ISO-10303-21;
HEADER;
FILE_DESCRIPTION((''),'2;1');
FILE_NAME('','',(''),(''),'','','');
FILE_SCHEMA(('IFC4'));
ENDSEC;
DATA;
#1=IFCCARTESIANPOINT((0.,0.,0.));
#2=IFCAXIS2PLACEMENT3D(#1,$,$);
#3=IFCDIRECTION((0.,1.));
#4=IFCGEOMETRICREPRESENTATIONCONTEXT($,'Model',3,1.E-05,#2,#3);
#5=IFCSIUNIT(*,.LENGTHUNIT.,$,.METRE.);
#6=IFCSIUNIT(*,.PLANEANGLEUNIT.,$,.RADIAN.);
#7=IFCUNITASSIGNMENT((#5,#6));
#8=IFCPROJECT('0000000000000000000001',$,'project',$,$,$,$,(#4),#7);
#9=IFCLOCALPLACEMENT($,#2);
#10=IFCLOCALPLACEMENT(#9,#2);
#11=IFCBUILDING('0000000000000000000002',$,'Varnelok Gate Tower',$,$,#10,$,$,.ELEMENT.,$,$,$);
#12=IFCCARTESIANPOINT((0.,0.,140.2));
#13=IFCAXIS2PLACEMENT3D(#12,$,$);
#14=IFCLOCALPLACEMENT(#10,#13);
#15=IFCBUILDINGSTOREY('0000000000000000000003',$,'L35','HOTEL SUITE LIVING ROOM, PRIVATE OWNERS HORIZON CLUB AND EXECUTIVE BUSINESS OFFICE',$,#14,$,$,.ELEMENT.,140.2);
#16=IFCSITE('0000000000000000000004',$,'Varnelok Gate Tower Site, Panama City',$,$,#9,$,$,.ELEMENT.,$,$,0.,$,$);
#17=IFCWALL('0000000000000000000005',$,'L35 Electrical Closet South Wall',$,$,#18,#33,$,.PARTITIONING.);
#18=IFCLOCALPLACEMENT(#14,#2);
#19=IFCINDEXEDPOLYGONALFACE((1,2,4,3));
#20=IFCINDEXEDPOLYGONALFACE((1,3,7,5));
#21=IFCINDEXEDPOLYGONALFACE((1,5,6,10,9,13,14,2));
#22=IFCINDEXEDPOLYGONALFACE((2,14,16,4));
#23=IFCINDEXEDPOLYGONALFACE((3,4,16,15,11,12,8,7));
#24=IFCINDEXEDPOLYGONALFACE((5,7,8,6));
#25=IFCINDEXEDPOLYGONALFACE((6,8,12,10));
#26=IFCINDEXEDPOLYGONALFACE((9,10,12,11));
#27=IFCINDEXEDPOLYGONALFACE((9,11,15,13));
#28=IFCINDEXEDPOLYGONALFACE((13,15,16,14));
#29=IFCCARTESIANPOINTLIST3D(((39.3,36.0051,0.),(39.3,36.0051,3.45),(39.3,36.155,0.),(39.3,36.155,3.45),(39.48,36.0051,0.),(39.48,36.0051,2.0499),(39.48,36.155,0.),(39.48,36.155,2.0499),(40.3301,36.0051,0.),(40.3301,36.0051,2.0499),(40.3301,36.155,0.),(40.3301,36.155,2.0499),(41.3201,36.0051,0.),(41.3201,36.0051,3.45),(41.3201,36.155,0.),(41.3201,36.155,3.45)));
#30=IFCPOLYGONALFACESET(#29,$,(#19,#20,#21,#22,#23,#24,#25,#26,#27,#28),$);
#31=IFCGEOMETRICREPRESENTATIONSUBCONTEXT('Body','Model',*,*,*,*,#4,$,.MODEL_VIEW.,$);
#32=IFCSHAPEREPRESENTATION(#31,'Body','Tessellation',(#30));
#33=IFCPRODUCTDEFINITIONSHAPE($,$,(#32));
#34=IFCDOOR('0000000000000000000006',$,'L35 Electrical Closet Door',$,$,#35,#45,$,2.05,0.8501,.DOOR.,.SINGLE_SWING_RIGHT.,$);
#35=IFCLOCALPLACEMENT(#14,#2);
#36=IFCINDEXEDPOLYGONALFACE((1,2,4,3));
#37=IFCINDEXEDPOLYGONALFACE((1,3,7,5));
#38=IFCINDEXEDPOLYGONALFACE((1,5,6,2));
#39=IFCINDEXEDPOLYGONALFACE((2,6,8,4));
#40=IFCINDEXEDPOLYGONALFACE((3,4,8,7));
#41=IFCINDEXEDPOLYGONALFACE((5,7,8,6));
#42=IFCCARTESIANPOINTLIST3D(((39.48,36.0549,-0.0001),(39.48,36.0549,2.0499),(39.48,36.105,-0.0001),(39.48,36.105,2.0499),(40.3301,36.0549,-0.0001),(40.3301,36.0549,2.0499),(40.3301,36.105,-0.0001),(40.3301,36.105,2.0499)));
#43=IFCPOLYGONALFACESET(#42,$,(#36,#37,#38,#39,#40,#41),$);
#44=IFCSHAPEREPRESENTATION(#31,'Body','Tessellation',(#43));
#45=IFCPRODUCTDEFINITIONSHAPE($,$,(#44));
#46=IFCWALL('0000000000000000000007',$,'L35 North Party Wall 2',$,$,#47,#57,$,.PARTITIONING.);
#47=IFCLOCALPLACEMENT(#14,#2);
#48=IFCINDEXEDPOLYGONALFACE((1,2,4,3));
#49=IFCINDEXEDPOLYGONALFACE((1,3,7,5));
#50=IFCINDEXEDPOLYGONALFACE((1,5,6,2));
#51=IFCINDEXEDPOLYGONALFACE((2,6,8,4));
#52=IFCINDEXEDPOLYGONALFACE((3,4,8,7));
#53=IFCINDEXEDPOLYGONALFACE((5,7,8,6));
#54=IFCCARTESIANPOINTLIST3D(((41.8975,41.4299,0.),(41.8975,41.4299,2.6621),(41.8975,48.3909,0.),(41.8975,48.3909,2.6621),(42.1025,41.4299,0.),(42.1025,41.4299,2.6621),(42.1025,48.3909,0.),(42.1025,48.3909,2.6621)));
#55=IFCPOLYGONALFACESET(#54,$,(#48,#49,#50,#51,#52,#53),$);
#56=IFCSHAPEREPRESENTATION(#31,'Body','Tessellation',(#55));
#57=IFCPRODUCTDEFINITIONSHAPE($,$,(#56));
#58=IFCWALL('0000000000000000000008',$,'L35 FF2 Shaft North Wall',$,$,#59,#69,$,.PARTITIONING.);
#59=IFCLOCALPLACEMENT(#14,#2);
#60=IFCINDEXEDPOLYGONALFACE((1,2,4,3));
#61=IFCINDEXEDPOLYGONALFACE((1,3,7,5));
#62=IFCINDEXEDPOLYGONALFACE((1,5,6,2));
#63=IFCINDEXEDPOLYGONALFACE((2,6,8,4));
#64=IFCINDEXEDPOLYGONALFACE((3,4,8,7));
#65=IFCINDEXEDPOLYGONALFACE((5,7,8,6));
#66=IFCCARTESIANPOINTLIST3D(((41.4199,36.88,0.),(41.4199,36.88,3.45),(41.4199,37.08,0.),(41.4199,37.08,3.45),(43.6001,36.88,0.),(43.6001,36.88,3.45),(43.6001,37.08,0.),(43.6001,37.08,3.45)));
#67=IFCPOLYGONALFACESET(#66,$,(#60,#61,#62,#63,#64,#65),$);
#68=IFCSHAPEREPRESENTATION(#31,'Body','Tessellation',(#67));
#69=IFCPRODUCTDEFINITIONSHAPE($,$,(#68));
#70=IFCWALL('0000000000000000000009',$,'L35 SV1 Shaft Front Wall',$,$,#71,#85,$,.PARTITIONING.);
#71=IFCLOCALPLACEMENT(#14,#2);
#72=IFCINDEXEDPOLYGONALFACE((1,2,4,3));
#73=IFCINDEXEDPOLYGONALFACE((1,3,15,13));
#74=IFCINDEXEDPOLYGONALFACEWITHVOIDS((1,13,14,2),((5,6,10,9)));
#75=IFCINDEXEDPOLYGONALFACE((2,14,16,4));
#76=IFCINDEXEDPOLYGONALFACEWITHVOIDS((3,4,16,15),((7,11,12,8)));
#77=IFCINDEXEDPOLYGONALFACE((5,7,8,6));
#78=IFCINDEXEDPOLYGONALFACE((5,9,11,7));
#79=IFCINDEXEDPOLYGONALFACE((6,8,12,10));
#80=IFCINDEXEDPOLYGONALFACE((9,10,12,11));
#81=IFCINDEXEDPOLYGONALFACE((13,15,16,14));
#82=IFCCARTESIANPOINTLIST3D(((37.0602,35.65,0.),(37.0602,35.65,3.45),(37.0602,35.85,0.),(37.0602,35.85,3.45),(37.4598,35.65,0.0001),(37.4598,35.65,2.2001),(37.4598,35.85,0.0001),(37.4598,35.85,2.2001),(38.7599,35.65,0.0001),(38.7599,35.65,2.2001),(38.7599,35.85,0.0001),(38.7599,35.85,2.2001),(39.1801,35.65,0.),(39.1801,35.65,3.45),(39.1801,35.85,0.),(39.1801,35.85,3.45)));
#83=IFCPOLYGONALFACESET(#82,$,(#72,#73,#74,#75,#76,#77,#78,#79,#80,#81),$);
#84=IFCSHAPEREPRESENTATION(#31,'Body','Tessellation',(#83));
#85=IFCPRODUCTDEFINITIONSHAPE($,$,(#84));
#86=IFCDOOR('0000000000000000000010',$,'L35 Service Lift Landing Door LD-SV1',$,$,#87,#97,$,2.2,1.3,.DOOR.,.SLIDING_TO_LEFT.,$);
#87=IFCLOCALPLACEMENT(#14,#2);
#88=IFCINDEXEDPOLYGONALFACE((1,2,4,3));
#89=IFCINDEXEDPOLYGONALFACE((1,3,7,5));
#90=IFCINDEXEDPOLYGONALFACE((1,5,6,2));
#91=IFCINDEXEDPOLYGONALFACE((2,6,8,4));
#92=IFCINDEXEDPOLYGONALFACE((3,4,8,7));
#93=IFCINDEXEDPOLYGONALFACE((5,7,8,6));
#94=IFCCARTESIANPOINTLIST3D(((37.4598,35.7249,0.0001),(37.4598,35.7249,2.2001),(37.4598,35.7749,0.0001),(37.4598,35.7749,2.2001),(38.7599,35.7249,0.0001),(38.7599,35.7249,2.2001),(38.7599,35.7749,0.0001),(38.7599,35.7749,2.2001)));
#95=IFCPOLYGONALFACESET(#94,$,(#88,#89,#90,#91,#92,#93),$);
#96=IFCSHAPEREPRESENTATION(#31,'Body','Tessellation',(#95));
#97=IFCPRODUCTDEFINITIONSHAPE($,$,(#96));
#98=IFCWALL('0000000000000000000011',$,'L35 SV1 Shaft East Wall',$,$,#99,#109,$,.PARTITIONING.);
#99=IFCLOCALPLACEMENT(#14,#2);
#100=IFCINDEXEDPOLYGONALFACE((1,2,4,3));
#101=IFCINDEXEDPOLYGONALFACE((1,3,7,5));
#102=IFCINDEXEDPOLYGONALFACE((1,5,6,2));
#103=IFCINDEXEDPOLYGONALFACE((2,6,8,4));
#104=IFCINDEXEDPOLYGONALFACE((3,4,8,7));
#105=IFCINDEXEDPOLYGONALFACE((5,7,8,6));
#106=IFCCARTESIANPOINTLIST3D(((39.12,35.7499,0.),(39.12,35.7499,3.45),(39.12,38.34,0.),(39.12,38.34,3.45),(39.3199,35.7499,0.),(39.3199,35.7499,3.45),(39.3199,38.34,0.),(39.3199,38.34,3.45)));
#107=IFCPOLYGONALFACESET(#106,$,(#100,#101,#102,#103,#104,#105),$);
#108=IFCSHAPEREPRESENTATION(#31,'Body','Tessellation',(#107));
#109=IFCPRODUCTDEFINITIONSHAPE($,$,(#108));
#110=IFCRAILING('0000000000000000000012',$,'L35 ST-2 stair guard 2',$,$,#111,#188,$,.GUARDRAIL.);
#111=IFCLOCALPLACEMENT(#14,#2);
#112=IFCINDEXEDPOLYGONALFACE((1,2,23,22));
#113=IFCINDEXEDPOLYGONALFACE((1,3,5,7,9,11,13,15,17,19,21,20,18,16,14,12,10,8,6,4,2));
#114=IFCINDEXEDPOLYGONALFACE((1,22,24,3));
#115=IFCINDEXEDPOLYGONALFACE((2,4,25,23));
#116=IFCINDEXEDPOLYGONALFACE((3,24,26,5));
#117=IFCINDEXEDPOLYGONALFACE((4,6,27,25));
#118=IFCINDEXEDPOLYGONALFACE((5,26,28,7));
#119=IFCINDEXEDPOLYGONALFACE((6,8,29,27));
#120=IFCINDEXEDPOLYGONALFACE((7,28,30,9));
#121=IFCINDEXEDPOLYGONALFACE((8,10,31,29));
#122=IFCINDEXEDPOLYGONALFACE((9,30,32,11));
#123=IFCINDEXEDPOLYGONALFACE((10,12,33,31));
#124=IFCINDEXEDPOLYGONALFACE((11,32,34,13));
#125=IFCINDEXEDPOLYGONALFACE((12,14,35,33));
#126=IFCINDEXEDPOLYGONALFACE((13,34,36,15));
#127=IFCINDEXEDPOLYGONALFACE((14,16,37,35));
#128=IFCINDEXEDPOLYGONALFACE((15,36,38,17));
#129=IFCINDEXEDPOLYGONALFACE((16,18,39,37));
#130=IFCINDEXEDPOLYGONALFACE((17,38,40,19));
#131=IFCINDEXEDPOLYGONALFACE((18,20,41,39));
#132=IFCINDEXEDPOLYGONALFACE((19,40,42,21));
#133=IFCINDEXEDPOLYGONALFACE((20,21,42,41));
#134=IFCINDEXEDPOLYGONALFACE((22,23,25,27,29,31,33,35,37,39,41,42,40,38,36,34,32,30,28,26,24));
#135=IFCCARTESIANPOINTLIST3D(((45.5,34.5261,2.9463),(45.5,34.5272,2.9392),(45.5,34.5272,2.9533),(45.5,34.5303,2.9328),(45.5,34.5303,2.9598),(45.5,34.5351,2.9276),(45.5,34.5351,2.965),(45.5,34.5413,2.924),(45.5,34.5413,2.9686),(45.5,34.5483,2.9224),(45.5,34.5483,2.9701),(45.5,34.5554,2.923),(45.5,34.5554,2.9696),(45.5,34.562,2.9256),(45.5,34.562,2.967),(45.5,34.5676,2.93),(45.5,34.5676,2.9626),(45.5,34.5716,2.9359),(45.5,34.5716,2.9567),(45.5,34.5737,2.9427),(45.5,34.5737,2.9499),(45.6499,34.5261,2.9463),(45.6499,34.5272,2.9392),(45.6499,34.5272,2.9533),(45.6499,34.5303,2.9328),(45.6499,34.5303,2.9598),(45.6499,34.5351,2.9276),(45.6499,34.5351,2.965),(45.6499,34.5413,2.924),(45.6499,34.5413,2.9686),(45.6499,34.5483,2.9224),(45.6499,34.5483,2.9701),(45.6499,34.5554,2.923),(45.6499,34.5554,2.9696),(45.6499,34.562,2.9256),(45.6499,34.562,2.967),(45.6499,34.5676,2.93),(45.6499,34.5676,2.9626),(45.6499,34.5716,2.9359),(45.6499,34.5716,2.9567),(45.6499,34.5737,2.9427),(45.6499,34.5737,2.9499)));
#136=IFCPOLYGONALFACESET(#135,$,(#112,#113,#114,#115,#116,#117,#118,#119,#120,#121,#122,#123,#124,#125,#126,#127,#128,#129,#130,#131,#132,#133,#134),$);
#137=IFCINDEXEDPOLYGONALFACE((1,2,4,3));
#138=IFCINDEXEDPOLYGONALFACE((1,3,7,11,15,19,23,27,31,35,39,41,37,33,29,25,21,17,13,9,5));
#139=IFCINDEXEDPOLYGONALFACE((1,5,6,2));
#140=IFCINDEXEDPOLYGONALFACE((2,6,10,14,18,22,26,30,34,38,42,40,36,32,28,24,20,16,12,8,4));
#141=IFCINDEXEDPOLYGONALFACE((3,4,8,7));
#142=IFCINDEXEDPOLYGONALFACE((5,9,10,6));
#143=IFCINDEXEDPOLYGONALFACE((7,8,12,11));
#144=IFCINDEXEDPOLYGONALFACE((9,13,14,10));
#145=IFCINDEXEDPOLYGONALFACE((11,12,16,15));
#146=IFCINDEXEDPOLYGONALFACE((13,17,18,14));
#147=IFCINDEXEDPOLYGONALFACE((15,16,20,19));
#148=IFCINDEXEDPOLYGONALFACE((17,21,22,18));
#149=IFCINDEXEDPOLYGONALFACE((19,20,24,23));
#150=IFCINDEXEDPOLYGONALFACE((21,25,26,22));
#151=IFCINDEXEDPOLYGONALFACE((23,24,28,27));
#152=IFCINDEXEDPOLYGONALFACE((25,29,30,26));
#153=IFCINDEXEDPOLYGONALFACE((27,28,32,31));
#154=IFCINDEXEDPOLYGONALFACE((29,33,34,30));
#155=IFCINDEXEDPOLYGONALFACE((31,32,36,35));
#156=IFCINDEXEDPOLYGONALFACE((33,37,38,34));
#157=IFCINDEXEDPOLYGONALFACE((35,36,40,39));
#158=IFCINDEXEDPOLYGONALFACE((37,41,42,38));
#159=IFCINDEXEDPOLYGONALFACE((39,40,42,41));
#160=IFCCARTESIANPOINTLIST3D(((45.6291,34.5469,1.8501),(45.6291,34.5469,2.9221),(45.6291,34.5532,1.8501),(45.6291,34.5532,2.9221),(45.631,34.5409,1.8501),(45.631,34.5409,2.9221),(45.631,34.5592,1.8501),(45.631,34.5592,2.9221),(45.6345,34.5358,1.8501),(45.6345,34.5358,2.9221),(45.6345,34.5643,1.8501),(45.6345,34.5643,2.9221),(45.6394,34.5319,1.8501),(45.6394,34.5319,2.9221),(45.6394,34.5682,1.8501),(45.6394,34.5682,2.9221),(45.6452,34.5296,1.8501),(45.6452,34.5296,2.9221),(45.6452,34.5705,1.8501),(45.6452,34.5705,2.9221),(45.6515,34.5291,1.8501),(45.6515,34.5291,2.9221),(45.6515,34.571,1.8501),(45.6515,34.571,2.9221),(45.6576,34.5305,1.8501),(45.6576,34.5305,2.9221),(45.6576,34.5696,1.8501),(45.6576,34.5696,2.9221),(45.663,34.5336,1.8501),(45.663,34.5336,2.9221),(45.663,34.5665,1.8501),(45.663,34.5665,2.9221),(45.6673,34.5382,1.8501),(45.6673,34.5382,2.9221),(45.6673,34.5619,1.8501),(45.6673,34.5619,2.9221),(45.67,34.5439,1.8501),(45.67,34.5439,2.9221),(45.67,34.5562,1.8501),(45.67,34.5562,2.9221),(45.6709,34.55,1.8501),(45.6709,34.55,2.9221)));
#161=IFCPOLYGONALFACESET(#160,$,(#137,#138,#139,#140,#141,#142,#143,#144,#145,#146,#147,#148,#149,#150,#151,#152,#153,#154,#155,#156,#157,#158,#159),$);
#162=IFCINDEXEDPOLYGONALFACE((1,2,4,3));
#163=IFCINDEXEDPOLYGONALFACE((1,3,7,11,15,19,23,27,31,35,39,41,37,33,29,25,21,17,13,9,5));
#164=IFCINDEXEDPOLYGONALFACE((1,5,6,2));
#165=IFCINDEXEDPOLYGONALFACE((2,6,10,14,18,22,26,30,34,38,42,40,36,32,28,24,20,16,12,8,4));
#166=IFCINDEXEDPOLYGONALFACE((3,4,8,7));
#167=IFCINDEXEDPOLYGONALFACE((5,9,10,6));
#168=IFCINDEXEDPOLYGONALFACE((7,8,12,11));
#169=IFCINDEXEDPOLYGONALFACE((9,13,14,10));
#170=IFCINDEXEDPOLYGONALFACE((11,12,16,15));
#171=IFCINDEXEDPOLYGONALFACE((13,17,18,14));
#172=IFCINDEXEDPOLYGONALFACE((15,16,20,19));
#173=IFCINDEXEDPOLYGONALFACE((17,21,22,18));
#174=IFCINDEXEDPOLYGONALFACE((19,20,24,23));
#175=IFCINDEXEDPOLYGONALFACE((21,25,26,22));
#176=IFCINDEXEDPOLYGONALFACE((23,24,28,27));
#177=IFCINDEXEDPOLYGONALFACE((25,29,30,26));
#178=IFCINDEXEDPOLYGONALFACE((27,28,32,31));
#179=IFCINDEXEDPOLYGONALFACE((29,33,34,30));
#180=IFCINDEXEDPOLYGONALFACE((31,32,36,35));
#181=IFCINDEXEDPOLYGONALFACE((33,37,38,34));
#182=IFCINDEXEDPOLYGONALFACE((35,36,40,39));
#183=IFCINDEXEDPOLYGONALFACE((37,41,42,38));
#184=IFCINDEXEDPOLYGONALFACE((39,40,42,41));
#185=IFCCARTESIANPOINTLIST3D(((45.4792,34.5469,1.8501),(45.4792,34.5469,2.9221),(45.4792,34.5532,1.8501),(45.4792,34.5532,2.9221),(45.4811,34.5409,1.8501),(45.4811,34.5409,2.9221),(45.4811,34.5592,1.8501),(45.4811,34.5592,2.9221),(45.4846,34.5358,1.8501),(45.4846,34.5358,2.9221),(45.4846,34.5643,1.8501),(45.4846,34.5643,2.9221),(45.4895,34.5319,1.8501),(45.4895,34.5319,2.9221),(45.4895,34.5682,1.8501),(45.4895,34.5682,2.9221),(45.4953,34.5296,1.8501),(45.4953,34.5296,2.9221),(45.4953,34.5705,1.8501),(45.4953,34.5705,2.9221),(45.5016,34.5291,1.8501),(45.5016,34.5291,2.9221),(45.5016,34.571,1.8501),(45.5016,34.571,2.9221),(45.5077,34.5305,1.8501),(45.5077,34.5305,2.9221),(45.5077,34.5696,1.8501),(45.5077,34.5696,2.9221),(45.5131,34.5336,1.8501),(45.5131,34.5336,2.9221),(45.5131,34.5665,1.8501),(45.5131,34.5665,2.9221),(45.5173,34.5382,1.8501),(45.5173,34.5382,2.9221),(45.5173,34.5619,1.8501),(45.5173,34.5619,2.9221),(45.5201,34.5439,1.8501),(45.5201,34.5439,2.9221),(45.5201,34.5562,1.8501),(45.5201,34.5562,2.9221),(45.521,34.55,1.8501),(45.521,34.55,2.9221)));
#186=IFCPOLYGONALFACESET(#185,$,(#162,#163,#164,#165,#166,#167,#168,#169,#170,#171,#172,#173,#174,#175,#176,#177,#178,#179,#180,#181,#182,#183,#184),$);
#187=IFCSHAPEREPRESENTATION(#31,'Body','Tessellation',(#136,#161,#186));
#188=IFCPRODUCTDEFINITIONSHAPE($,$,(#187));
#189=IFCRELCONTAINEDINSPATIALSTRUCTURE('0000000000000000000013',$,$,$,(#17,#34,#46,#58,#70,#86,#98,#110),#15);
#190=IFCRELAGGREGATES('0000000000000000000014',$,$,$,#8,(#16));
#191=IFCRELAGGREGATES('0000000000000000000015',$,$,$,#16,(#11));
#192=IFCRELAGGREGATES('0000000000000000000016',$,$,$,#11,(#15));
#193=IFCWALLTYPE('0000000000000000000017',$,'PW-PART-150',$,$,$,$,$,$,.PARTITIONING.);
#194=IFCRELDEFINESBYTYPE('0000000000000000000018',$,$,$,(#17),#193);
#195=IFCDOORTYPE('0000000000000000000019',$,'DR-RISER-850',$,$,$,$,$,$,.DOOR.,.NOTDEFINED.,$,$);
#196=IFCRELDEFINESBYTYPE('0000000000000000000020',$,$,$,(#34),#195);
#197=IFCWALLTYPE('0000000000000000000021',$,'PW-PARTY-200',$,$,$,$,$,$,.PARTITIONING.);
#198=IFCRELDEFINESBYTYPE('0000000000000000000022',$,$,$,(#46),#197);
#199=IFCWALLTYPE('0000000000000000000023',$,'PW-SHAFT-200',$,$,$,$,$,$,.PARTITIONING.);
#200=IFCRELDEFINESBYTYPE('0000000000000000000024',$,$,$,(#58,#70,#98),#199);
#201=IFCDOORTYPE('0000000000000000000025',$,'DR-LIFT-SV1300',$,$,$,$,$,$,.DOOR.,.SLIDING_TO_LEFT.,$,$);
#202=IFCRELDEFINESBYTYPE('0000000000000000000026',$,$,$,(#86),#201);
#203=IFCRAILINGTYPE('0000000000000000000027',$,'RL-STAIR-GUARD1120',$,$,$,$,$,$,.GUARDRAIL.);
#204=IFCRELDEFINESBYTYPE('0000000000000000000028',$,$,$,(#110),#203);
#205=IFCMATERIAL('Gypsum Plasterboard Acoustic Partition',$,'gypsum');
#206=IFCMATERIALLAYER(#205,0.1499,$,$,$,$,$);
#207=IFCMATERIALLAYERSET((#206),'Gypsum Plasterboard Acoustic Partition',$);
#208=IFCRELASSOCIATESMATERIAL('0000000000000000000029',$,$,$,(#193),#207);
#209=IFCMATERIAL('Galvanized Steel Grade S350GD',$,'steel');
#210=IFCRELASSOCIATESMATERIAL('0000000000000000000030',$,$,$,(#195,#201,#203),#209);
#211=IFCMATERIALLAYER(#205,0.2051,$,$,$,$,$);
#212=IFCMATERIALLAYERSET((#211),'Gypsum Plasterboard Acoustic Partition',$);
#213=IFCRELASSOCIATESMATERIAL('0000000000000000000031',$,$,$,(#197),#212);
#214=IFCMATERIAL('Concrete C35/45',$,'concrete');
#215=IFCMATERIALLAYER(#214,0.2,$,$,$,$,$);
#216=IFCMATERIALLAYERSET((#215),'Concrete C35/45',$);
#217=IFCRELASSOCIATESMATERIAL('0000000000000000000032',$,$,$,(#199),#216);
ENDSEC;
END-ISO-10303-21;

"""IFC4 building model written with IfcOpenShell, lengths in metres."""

from ifc_helpers import new_model, si_unit, direction, frame, frame_2d, origin, origin_2d, place, context, subcontext, project, spatial, rectangle, circle, extrude, material, layer, layer_set, type_object, element, fill, save


model = new_model("IFC4")

# Units and contexts
model_context = context("Model", 3, precision=1e-05, world=origin(), true_north=direction((0.0, 1.0)))
body_context = subcontext(model_context, "Body", "Model", "MODEL_VIEW")
ifc_project = project(units=[si_unit("LENGTHUNIT", "METRE"), si_unit("PLANEANGLEUNIT", "RADIAN")], contexts=[model_context])

# Site, building, storey
site_placement = place(None, origin())
site = spatial("IfcSite", under=ifc_project, at=site_placement, Name="Varnelok Gate Tower Site, Panama City", CompositionType="ELEMENT", RefElevation=0.0)
building_placement = place(site_placement, origin())
building = spatial("IfcBuilding", under=site, at=building_placement, Name="Varnelok Gate Tower", CompositionType="ELEMENT")
storey_placement = place(building_placement, frame((0.0, 0.0, 140.2)))
storey = spatial("IfcBuildingStorey", under=building, at=storey_placement, Name="L35", Description="HOTEL SUITE LIVING ROOM, PRIVATE OWNERS HORIZON CLUB AND EXECUTIVE BUSINESS OFFICE", CompositionType="ELEMENT", Elevation=140.2)

# Wall, opening, door
ifc_material_1 = material(Name="Gypsum Plasterboard Acoustic Partition", Category="gypsum")
ifc_layer_1 = layer(ifc_material_1, 0.1499)
ifc_layer_set_1 = layer_set([ifc_layer_1], Name="Gypsum Plasterboard Acoustic Partition")
wall_type_1 = type_object("IfcWallType", Name="PW-PART-150", PredefinedType="PARTITIONING", material=ifc_layer_set_1)
wall_1_placement = place(storey_placement, frame((39.3, 36.0801, 0.0), z_axis=(0.0, 0.0, 1.0), x_axis=(1.0, 0.0, 0.0)))
wall_1 = element("IfcWall", 1, at=wall_1_placement, inside=storey, type_object=wall_type_1, Name="L35 Electrical Closet South Wall", PredefinedType="PARTITIONING", context=body_context, shape_type="SweptSolid", body=[
    extrude(rectangle(XDim=2.02, YDim=0.1499, at=frame_2d((1.01, 0.0))), origin(), (0.0, 0.0, 1.0), 3.45),
])
opening_1_placement = place(wall_1_placement, frame((0.1799, 0.0, 0.0)))
opening_1 = element("IfcOpeningElement", 2, at=opening_1_placement, cuts=wall_1, PredefinedType="OPENING", context=body_context, shape_type="SweptSolid", body=[
    extrude(rectangle(XDim=0.8501, YDim=2.05, at=frame_2d((0.425, 1.0249))), frame((0.0, 0.085, 0.0), z_axis=(0.0, -1.0, 0.0), x_axis=(1.0, 0.0, 0.0)), (0.0, 0.0, 1.0), 0.1699),
])
ifc_material_2 = material(Name="Galvanized Steel Grade S350GD", Category="steel")
door_type_1 = type_object("IfcDoorType", Name="DR-RISER-850", OperationType="NOTDEFINED", PredefinedType="DOOR", material=ifc_material_2)
door_1_placement = place(opening_1_placement, origin())
door_1 = element("IfcDoor", 3, at=door_1_placement, inside=storey, type_object=door_type_1, Name="L35 Electrical Closet Door", OperationType="SINGLE_SWING_RIGHT", OverallHeight=2.05, OverallWidth=0.8501, PredefinedType="DOOR", context=body_context, shape_type="SweptSolid", body=[
    extrude(rectangle(XDim=0.8501, YDim=2.05, at=frame_2d((0.425, 1.0249))), frame((0.0, 0.0249, 0.0), z_axis=(0.0, -1.0, 0.0), x_axis=(1.0, 0.0, 0.0)), (0.0, 0.0, 1.0), 0.05),
])
fill(opening_1, door_1)

# Walls
ifc_layer_2 = layer(ifc_material_1, 0.2051)
ifc_layer_set_2 = layer_set([ifc_layer_2], Name="Gypsum Plasterboard Acoustic Partition")
wall_type_2 = type_object("IfcWallType", Name="PW-PARTY-200", PredefinedType="PARTITIONING", material=ifc_layer_set_2)
wall_2_placement = place(storey_placement, frame((42.0, 41.4299, 0.0), z_axis=(0.0, 0.0, 1.0), x_axis=(0.0, 1.0, 0.0)))
element("IfcWall", 4, at=wall_2_placement, inside=storey, type_object=wall_type_2, Name="L35 North Party Wall 2", PredefinedType="PARTITIONING", context=body_context, shape_type="SweptSolid", body=[
    extrude(rectangle(XDim=6.9609, YDim=0.2051, at=frame_2d((3.4805, 0.0))), origin(), (0.0, 0.0, 1.0), 2.6621),
])
ifc_material_3 = material(Name="Concrete C35/45", Category="concrete")
ifc_layer_3 = layer(ifc_material_3, 0.2)
ifc_layer_set_3 = layer_set([ifc_layer_3], Name="Concrete C35/45")
wall_type_3 = type_object("IfcWallType", Name="PW-SHAFT-200", PredefinedType="PARTITIONING", material=ifc_layer_set_3)
wall_3_placement = place(storey_placement, frame((41.4199, 36.98, 0.0), z_axis=(0.0, 0.0, 1.0), x_axis=(1.0, 0.0, 0.0)))
element("IfcWall", 5, at=wall_3_placement, inside=storey, type_object=wall_type_3, Name="L35 FF2 Shaft North Wall", PredefinedType="PARTITIONING", context=body_context, shape_type="SweptSolid", body=[
    extrude(rectangle(XDim=2.1802, YDim=0.2, at=frame_2d((1.0901, 0.0))), origin(), (0.0, 0.0, 1.0), 3.45),
])

# Wall, opening, door
wall_4_placement = place(storey_placement, frame((37.0601, 35.75, 0.0), z_axis=(0.0, 0.0, 1.0), x_axis=(1.0, 0.0, 0.0)))
wall_4 = element("IfcWall", 6, at=wall_4_placement, inside=storey, type_object=wall_type_3, Name="L35 SV1 Shaft Front Wall", PredefinedType="PARTITIONING", context=body_context, shape_type="SweptSolid", body=[
    extrude(rectangle(XDim=2.1199, YDim=0.2, at=frame_2d((1.0601, 0.0))), origin(), (0.0, 0.0, 1.0), 3.45),
])
opening_2_placement = place(wall_4_placement, frame((0.3999, 0.0, 0.0)))
opening_2 = element("IfcOpeningElement", 7, at=opening_2_placement, cuts=wall_4, PredefinedType="OPENING", context=body_context, shape_type="SweptSolid", body=[
    extrude(rectangle(XDim=1.3, YDim=2.2, at=frame_2d((0.6499, 1.1001))), frame((0.0, 0.1099, 0.0), z_axis=(0.0, -1.0, 0.0), x_axis=(1.0, 0.0, 0.0)), (0.0, 0.0, 1.0), 0.22),
])
door_type_2 = type_object("IfcDoorType", Name="DR-LIFT-SV1300", OperationType="SLIDING_TO_LEFT", PredefinedType="DOOR", material=ifc_material_2)
door_2_placement = place(opening_2_placement, origin())
door_2 = element("IfcDoor", 8, at=door_2_placement, inside=storey, type_object=door_type_2, Name="L35 Service Lift Landing Door LD-SV1", OperationType="SLIDING_TO_LEFT", OverallHeight=2.2, OverallWidth=1.3, PredefinedType="DOOR", context=body_context, shape_type="SweptSolid", body=[
    extrude(rectangle(XDim=1.3, YDim=2.2, at=frame_2d((0.6499, 1.1001))), frame((0.0, 0.0249, 0.0), z_axis=(0.0, -1.0, 0.0), x_axis=(1.0, 0.0, 0.0)), (0.0, 0.0, 1.0), 0.05),
])
fill(opening_2, door_2)

# Wall
wall_5_placement = place(storey_placement, frame((39.22, 35.75, 0.0), z_axis=(0.0, 0.0, 1.0), x_axis=(0.0, 1.0, 0.0)))
element("IfcWall", 9, at=wall_5_placement, inside=storey, type_object=wall_type_3, Name="L35 SV1 Shaft East Wall", PredefinedType="PARTITIONING", context=body_context, shape_type="SweptSolid", body=[
    extrude(rectangle(XDim=2.5901, YDim=0.2, at=frame_2d((1.2949, 0.0))), origin(), (0.0, 0.0, 1.0), 3.45),
])

# Railing
railing_type_1 = type_object("IfcRailingType", Name="RL-STAIR-GUARD1120", PredefinedType="GUARDRAIL", material=ifc_material_2)
railing_1_placement = place(storey_placement, frame((45.6499, 34.55, 1.8501)))
element("IfcRailing", 10, at=railing_1_placement, inside=storey, type_object=railing_type_1, Name="L35 ST-2 stair guard 2", PredefinedType="GUARDRAIL", context=body_context, shape_type="SweptSolid", body=[
    extrude(circle(Radius=0.0239, at=origin_2d()), frame((0.0, 0.0, 1.0962), z_axis=(-1.0, 0.0, 0.0), x_axis=(0.0, -1.0, 0.0)), (0.0, 0.0, 1.0), 0.1499),
    extrude(circle(Radius=0.021, at=origin_2d()), origin(), (0.0, 0.0, 1.0), 1.072),
    extrude(circle(Radius=0.021, at=origin_2d()), frame((-0.1499, 0.0, 0.0)), (0.0, 0.0, 1.0), 1.072),
])

save(model, "model.ifc")
